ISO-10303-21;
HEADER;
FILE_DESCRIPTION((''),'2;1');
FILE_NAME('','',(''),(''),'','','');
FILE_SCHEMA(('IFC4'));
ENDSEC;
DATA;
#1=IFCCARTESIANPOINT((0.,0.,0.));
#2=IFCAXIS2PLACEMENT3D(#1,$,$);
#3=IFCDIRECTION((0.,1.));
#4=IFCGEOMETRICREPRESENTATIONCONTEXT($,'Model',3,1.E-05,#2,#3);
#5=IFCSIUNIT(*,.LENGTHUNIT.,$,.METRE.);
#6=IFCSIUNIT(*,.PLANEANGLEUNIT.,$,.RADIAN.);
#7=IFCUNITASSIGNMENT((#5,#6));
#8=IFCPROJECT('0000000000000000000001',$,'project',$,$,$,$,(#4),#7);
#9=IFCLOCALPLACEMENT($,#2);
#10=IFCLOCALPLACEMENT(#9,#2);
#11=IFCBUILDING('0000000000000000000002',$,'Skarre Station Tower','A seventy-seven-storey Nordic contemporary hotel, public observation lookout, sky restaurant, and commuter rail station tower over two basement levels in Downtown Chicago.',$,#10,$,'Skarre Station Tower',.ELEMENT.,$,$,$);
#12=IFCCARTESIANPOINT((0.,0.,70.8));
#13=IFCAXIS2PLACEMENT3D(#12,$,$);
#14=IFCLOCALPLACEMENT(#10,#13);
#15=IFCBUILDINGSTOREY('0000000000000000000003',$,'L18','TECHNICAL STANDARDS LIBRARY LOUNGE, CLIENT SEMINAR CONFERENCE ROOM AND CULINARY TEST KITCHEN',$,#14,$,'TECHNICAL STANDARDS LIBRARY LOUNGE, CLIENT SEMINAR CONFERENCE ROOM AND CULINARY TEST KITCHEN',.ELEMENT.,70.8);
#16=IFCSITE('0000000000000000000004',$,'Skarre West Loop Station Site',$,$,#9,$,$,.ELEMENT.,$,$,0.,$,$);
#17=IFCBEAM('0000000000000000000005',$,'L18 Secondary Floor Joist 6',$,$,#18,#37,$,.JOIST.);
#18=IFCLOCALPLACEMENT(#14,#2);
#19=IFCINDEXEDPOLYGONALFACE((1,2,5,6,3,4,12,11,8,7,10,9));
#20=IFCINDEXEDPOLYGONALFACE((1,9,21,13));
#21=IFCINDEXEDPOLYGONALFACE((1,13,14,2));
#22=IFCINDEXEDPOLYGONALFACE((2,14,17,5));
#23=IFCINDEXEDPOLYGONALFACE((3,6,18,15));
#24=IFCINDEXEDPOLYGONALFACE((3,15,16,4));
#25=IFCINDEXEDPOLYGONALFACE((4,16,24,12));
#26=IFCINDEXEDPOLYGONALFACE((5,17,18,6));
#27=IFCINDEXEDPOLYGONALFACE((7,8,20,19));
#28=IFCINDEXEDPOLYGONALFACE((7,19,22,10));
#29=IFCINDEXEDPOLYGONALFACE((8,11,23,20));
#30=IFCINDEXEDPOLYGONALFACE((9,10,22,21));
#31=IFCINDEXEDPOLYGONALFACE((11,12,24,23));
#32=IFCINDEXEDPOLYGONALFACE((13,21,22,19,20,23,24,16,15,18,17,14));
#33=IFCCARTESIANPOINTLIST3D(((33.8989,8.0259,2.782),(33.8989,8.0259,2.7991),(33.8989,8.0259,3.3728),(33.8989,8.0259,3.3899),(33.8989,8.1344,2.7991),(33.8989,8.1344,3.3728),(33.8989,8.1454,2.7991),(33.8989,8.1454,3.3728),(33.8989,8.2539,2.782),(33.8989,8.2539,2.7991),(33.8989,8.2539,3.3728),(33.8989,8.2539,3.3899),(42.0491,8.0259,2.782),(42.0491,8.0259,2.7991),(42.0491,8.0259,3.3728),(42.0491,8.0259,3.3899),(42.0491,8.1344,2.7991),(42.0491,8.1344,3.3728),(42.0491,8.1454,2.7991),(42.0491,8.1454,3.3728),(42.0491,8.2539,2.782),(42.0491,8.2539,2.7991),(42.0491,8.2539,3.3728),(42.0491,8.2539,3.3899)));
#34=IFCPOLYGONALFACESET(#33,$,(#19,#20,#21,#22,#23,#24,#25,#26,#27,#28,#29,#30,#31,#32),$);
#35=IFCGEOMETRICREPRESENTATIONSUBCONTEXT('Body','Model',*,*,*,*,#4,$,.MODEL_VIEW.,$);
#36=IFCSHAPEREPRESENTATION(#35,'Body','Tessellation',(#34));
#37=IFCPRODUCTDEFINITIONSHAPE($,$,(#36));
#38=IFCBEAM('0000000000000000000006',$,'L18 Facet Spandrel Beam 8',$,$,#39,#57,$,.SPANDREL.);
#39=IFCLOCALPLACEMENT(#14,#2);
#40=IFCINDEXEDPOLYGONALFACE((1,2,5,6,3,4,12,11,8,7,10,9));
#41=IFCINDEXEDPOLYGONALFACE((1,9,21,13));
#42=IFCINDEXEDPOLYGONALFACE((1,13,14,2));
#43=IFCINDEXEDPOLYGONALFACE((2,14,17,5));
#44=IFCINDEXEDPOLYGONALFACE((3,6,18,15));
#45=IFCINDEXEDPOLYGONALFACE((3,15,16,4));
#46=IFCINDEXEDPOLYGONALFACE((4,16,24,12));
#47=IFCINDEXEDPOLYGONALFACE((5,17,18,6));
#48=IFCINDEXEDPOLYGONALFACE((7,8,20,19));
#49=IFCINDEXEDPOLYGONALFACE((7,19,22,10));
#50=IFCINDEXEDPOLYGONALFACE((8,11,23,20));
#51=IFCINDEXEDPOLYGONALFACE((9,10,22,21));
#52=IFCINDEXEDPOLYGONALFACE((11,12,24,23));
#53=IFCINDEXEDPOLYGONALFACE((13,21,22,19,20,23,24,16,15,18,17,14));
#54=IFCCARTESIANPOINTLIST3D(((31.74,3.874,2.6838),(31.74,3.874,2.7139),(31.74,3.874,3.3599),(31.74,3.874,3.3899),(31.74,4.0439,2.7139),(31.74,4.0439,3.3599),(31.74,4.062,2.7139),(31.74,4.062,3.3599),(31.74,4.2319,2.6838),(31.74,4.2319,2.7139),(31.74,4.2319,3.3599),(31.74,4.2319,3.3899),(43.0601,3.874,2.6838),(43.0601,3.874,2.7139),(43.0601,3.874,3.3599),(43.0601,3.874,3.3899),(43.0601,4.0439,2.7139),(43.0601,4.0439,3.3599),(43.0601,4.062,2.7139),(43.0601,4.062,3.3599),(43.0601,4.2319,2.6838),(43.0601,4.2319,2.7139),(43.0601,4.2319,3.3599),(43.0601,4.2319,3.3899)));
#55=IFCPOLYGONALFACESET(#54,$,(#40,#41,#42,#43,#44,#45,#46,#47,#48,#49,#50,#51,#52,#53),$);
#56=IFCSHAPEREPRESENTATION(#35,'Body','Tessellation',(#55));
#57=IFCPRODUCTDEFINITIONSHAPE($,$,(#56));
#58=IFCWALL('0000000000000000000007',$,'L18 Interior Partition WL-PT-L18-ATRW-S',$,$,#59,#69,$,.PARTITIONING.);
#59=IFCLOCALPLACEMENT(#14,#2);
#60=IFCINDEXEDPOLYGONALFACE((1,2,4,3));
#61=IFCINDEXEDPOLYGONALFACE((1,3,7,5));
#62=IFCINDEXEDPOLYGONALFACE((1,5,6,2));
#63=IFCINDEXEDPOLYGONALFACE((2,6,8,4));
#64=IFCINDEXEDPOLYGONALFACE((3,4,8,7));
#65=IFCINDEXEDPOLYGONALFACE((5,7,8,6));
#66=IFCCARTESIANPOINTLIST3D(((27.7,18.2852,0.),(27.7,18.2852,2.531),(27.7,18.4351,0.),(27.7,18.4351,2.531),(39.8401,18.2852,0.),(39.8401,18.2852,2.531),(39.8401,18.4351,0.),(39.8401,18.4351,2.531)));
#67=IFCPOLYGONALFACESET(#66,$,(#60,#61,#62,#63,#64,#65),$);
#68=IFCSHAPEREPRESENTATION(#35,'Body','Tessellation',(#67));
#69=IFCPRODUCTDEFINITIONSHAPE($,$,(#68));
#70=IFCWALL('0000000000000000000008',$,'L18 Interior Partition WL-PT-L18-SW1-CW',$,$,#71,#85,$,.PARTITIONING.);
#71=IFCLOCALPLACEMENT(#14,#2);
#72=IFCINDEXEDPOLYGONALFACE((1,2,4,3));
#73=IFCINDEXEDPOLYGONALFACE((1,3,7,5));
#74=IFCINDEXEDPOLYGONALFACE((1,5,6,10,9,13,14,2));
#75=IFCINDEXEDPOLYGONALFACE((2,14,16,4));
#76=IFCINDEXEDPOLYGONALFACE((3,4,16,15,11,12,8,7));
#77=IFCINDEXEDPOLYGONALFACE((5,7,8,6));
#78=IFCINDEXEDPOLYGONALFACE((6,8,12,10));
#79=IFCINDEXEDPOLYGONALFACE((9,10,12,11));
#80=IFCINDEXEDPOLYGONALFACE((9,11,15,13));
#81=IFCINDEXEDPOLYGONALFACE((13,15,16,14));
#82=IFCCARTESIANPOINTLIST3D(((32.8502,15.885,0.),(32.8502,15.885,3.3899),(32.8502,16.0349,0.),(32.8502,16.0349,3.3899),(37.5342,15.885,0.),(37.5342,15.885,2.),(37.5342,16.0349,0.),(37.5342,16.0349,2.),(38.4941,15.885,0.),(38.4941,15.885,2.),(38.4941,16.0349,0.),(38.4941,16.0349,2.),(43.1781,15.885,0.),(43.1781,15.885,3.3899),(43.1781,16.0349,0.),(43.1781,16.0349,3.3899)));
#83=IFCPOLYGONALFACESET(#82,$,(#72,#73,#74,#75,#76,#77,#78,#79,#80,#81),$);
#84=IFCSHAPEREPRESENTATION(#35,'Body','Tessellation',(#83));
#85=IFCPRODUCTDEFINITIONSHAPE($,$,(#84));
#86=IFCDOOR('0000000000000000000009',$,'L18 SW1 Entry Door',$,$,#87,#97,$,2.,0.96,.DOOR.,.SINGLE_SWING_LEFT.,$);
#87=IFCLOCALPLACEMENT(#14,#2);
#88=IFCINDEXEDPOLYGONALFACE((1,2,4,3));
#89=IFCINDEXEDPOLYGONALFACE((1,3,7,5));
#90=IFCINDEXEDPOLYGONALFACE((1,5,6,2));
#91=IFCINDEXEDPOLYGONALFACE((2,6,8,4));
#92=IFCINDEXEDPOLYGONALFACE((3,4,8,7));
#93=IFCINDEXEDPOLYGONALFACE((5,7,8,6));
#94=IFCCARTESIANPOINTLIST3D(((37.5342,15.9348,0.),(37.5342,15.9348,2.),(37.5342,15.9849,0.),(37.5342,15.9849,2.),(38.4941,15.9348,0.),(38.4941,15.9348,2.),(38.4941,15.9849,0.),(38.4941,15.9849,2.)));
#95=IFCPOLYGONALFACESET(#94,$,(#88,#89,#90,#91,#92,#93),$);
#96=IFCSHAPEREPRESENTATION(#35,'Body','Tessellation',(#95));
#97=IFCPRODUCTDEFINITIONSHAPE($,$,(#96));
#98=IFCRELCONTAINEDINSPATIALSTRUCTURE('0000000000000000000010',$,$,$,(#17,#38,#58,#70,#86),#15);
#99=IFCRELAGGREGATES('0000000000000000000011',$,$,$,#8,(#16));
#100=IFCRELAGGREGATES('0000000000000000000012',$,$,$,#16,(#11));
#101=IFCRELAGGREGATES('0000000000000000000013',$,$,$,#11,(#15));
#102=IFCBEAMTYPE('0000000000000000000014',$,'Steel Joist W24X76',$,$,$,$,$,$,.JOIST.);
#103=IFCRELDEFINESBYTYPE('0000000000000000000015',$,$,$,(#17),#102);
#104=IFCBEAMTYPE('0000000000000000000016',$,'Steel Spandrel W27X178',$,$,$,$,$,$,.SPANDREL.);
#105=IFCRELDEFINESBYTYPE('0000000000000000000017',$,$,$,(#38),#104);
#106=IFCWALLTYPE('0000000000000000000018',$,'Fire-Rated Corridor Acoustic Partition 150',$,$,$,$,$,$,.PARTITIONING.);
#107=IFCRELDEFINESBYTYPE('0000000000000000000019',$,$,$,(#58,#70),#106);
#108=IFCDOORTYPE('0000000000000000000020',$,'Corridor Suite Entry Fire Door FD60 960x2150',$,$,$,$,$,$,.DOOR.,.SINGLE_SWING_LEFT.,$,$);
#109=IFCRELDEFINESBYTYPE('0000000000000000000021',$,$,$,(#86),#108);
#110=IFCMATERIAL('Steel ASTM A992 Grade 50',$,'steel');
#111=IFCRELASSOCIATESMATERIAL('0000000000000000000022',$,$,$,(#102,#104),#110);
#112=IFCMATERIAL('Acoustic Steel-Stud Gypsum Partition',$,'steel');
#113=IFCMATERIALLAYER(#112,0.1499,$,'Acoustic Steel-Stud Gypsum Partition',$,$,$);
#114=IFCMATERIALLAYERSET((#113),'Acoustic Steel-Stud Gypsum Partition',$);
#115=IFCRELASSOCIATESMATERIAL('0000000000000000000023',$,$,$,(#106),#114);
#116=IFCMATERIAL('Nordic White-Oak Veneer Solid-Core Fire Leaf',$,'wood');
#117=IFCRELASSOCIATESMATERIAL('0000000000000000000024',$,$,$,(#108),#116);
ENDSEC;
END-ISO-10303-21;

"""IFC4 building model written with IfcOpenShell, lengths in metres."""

from ifc_helpers import new_model, si_unit, direction, frame, frame_2d, origin, origin_2d, place, context, subcontext, project, spatial, rectangle, i_section, extrude, material, layer, layer_set, material_profile, profile_set, type_object, element, fill, save


model = new_model("IFC4")

# Units and contexts
model_context = context("Model", 3, precision=1e-05, world=origin(), true_north=direction((0.0, 1.0)))
body_context = subcontext(model_context, "Body", "Model", "MODEL_VIEW")
ifc_project = project(units=[si_unit("LENGTHUNIT", "METRE"), si_unit("PLANEANGLEUNIT", "RADIAN")], contexts=[model_context])

# Site, building, storey
site_placement = place(None, origin())
site = spatial("IfcSite", under=ifc_project, at=site_placement, Name="Skarre West Loop Station Site", CompositionType="ELEMENT", RefElevation=0.0)
building_placement = place(site_placement, origin())
building = spatial("IfcBuilding", under=site, at=building_placement, Name="Skarre Station Tower", Description="A seventy-seven-storey Nordic contemporary hotel, public observation lookout, sky restaurant, and commuter rail station tower over two basement levels in Downtown Chicago.", LongName="Skarre Station Tower", CompositionType="ELEMENT")
storey_placement = place(building_placement, frame((0.0, 0.0, 70.8)))
storey = spatial("IfcBuildingStorey", under=building, at=storey_placement, Name="L18", Description="TECHNICAL STANDARDS LIBRARY LOUNGE, CLIENT SEMINAR CONFERENCE ROOM AND CULINARY TEST KITCHEN", LongName="TECHNICAL STANDARDS LIBRARY LOUNGE, CLIENT SEMINAR CONFERENCE ROOM AND CULINARY TEST KITCHEN", CompositionType="ELEMENT", Elevation=70.8)

# Beams
ifc_material_1 = material(Name="Steel ASTM A992 Grade 50", Category="steel")
ifc_material_profile_1 = material_profile(ifc_material_1, i_section(OverallWidth=0.228, OverallDepth=0.6079, WebThickness=0.011, FlangeThickness=0.0171, at=origin_2d()), Name="Steel ASTM A992 Grade 50")
ifc_profile_set_1 = profile_set([ifc_material_profile_1], Name="Steel ASTM A992 Grade 50")
beam_type_1 = type_object("IfcBeamType", Name="Steel Joist W24X76", PredefinedType="JOIST", material=ifc_profile_set_1)
beam_1_placement = place(storey_placement, frame((33.8989, 8.1399, 3.0859), z_axis=(1.0, 0.0, 0.0), x_axis=(0.0, 1.0, 0.0)))
element("IfcBeam", 1, at=beam_1_placement, inside=storey, type_object=beam_type_1, Name="L18 Secondary Floor Joist 6", PredefinedType="JOIST", context=body_context, shape_type="SweptSolid", body=[
    extrude(i_section(OverallWidth=0.228, OverallDepth=0.6079, WebThickness=0.011, FlangeThickness=0.0171, at=origin_2d()), origin(), (0.0, 0.0, 1.0), 8.1501),
])
ifc_material_profile_2 = material_profile(ifc_material_1, i_section(OverallWidth=0.3579, OverallDepth=0.7061, WebThickness=0.0181, FlangeThickness=0.03, at=origin_2d()), Name="Steel ASTM A992 Grade 50")
ifc_profile_set_2 = profile_set([ifc_material_profile_2], Name="Steel ASTM A992 Grade 50")
beam_type_2 = type_object("IfcBeamType", Name="Steel Spandrel W27X178", PredefinedType="SPANDREL", material=ifc_profile_set_2)
beam_2_placement = place(storey_placement, frame((31.74, 4.053, 3.0369), z_axis=(1.0, 0.0, 0.0), x_axis=(0.0, 1.0, 0.0)))
element("IfcBeam", 2, at=beam_2_placement, inside=storey, type_object=beam_type_2, Name="L18 Facet Spandrel Beam 8", PredefinedType="SPANDREL", context=body_context, shape_type="SweptSolid", body=[
    extrude(i_section(OverallWidth=0.3579, OverallDepth=0.7061, WebThickness=0.0181, FlangeThickness=0.03, at=origin_2d()), origin(), (0.0, 0.0, 1.0), 11.3201),
])

# Wall
ifc_material_2 = material(Name="Acoustic Steel-Stud Gypsum Partition", Category="steel")
ifc_layer_1 = layer(ifc_material_2, 0.1499, Name="Acoustic Steel-Stud Gypsum Partition")
ifc_layer_set_1 = layer_set([ifc_layer_1], Name="Acoustic Steel-Stud Gypsum Partition")
wall_type_1 = type_object("IfcWallType", Name="Fire-Rated Corridor Acoustic Partition 150", PredefinedType="PARTITIONING", material=ifc_layer_set_1)
wall_1_placement = place(storey_placement, frame((27.7, 18.3601, 0.0), z_axis=(0.0, 0.0, 1.0), x_axis=(1.0, 0.0, 0.0)))
element("IfcWall", 3, at=wall_1_placement, inside=storey, type_object=wall_type_1, Name="L18 Interior Partition WL-PT-L18-ATRW-S", PredefinedType="PARTITIONING", context=body_context, shape_type="SweptSolid", body=[
    extrude(rectangle(XDim=12.1401, YDim=0.1499, at=frame_2d((6.0701, 0.0))), origin(), (0.0, 0.0, 1.0), 2.531),
])

# Wall, opening, door
wall_2_placement = place(storey_placement, frame((32.8501, 15.96, 0.0), z_axis=(0.0, 0.0, 1.0), x_axis=(1.0, 0.0, 0.0)))
wall_2 = element("IfcWall", 4, at=wall_2_placement, inside=storey, type_object=wall_type_1, Name="L18 Interior Partition WL-PT-L18-SW1-CW", PredefinedType="PARTITIONING", context=body_context, shape_type="SweptSolid", body=[
    extrude(rectangle(XDim=10.3279, YDim=0.1499, at=frame_2d((5.1641, 0.0))), origin(), (0.0, 0.0, 1.0), 3.3899),
])
opening_1_placement = place(wall_2_placement, frame((4.6841, 0.0, 0.0)))
opening_1 = element("IfcOpeningElement", 5, at=opening_1_placement, cuts=wall_2, PredefinedType="OPENING", context=body_context, shape_type="SweptSolid", body=[
    extrude(rectangle(XDim=0.96, YDim=2.0, at=frame_2d((0.48, 1.0))), frame((0.0, 0.085, 0.0), z_axis=(0.0, -1.0, 0.0), x_axis=(1.0, 0.0, 0.0)), (0.0, 0.0, 1.0), 0.1699),
])
ifc_material_3 = material(Name="Nordic White-Oak Veneer Solid-Core Fire Leaf", Category="wood")
door_type_1 = type_object("IfcDoorType", Name="Corridor Suite Entry Fire Door FD60 960x2150", OperationType="SINGLE_SWING_LEFT", PredefinedType="DOOR", material=ifc_material_3)
door_1_placement = place(opening_1_placement, origin())
door_1 = element("IfcDoor", 6, at=door_1_placement, inside=storey, type_object=door_type_1, Name="L18 SW1 Entry Door", OperationType="SINGLE_SWING_LEFT", OverallHeight=2.0, OverallWidth=0.96, PredefinedType="DOOR", context=body_context, shape_type="SweptSolid", body=[
    extrude(rectangle(XDim=0.96, YDim=2.0, at=frame_2d((0.48, 1.0))), frame((0.0, 0.0249, 0.0), z_axis=(0.0, -1.0, 0.0), x_axis=(1.0, 0.0, 0.0)), (0.0, 0.0, 1.0), 0.05),
])
fill(opening_1, door_1)

save(model, "model.ifc")
